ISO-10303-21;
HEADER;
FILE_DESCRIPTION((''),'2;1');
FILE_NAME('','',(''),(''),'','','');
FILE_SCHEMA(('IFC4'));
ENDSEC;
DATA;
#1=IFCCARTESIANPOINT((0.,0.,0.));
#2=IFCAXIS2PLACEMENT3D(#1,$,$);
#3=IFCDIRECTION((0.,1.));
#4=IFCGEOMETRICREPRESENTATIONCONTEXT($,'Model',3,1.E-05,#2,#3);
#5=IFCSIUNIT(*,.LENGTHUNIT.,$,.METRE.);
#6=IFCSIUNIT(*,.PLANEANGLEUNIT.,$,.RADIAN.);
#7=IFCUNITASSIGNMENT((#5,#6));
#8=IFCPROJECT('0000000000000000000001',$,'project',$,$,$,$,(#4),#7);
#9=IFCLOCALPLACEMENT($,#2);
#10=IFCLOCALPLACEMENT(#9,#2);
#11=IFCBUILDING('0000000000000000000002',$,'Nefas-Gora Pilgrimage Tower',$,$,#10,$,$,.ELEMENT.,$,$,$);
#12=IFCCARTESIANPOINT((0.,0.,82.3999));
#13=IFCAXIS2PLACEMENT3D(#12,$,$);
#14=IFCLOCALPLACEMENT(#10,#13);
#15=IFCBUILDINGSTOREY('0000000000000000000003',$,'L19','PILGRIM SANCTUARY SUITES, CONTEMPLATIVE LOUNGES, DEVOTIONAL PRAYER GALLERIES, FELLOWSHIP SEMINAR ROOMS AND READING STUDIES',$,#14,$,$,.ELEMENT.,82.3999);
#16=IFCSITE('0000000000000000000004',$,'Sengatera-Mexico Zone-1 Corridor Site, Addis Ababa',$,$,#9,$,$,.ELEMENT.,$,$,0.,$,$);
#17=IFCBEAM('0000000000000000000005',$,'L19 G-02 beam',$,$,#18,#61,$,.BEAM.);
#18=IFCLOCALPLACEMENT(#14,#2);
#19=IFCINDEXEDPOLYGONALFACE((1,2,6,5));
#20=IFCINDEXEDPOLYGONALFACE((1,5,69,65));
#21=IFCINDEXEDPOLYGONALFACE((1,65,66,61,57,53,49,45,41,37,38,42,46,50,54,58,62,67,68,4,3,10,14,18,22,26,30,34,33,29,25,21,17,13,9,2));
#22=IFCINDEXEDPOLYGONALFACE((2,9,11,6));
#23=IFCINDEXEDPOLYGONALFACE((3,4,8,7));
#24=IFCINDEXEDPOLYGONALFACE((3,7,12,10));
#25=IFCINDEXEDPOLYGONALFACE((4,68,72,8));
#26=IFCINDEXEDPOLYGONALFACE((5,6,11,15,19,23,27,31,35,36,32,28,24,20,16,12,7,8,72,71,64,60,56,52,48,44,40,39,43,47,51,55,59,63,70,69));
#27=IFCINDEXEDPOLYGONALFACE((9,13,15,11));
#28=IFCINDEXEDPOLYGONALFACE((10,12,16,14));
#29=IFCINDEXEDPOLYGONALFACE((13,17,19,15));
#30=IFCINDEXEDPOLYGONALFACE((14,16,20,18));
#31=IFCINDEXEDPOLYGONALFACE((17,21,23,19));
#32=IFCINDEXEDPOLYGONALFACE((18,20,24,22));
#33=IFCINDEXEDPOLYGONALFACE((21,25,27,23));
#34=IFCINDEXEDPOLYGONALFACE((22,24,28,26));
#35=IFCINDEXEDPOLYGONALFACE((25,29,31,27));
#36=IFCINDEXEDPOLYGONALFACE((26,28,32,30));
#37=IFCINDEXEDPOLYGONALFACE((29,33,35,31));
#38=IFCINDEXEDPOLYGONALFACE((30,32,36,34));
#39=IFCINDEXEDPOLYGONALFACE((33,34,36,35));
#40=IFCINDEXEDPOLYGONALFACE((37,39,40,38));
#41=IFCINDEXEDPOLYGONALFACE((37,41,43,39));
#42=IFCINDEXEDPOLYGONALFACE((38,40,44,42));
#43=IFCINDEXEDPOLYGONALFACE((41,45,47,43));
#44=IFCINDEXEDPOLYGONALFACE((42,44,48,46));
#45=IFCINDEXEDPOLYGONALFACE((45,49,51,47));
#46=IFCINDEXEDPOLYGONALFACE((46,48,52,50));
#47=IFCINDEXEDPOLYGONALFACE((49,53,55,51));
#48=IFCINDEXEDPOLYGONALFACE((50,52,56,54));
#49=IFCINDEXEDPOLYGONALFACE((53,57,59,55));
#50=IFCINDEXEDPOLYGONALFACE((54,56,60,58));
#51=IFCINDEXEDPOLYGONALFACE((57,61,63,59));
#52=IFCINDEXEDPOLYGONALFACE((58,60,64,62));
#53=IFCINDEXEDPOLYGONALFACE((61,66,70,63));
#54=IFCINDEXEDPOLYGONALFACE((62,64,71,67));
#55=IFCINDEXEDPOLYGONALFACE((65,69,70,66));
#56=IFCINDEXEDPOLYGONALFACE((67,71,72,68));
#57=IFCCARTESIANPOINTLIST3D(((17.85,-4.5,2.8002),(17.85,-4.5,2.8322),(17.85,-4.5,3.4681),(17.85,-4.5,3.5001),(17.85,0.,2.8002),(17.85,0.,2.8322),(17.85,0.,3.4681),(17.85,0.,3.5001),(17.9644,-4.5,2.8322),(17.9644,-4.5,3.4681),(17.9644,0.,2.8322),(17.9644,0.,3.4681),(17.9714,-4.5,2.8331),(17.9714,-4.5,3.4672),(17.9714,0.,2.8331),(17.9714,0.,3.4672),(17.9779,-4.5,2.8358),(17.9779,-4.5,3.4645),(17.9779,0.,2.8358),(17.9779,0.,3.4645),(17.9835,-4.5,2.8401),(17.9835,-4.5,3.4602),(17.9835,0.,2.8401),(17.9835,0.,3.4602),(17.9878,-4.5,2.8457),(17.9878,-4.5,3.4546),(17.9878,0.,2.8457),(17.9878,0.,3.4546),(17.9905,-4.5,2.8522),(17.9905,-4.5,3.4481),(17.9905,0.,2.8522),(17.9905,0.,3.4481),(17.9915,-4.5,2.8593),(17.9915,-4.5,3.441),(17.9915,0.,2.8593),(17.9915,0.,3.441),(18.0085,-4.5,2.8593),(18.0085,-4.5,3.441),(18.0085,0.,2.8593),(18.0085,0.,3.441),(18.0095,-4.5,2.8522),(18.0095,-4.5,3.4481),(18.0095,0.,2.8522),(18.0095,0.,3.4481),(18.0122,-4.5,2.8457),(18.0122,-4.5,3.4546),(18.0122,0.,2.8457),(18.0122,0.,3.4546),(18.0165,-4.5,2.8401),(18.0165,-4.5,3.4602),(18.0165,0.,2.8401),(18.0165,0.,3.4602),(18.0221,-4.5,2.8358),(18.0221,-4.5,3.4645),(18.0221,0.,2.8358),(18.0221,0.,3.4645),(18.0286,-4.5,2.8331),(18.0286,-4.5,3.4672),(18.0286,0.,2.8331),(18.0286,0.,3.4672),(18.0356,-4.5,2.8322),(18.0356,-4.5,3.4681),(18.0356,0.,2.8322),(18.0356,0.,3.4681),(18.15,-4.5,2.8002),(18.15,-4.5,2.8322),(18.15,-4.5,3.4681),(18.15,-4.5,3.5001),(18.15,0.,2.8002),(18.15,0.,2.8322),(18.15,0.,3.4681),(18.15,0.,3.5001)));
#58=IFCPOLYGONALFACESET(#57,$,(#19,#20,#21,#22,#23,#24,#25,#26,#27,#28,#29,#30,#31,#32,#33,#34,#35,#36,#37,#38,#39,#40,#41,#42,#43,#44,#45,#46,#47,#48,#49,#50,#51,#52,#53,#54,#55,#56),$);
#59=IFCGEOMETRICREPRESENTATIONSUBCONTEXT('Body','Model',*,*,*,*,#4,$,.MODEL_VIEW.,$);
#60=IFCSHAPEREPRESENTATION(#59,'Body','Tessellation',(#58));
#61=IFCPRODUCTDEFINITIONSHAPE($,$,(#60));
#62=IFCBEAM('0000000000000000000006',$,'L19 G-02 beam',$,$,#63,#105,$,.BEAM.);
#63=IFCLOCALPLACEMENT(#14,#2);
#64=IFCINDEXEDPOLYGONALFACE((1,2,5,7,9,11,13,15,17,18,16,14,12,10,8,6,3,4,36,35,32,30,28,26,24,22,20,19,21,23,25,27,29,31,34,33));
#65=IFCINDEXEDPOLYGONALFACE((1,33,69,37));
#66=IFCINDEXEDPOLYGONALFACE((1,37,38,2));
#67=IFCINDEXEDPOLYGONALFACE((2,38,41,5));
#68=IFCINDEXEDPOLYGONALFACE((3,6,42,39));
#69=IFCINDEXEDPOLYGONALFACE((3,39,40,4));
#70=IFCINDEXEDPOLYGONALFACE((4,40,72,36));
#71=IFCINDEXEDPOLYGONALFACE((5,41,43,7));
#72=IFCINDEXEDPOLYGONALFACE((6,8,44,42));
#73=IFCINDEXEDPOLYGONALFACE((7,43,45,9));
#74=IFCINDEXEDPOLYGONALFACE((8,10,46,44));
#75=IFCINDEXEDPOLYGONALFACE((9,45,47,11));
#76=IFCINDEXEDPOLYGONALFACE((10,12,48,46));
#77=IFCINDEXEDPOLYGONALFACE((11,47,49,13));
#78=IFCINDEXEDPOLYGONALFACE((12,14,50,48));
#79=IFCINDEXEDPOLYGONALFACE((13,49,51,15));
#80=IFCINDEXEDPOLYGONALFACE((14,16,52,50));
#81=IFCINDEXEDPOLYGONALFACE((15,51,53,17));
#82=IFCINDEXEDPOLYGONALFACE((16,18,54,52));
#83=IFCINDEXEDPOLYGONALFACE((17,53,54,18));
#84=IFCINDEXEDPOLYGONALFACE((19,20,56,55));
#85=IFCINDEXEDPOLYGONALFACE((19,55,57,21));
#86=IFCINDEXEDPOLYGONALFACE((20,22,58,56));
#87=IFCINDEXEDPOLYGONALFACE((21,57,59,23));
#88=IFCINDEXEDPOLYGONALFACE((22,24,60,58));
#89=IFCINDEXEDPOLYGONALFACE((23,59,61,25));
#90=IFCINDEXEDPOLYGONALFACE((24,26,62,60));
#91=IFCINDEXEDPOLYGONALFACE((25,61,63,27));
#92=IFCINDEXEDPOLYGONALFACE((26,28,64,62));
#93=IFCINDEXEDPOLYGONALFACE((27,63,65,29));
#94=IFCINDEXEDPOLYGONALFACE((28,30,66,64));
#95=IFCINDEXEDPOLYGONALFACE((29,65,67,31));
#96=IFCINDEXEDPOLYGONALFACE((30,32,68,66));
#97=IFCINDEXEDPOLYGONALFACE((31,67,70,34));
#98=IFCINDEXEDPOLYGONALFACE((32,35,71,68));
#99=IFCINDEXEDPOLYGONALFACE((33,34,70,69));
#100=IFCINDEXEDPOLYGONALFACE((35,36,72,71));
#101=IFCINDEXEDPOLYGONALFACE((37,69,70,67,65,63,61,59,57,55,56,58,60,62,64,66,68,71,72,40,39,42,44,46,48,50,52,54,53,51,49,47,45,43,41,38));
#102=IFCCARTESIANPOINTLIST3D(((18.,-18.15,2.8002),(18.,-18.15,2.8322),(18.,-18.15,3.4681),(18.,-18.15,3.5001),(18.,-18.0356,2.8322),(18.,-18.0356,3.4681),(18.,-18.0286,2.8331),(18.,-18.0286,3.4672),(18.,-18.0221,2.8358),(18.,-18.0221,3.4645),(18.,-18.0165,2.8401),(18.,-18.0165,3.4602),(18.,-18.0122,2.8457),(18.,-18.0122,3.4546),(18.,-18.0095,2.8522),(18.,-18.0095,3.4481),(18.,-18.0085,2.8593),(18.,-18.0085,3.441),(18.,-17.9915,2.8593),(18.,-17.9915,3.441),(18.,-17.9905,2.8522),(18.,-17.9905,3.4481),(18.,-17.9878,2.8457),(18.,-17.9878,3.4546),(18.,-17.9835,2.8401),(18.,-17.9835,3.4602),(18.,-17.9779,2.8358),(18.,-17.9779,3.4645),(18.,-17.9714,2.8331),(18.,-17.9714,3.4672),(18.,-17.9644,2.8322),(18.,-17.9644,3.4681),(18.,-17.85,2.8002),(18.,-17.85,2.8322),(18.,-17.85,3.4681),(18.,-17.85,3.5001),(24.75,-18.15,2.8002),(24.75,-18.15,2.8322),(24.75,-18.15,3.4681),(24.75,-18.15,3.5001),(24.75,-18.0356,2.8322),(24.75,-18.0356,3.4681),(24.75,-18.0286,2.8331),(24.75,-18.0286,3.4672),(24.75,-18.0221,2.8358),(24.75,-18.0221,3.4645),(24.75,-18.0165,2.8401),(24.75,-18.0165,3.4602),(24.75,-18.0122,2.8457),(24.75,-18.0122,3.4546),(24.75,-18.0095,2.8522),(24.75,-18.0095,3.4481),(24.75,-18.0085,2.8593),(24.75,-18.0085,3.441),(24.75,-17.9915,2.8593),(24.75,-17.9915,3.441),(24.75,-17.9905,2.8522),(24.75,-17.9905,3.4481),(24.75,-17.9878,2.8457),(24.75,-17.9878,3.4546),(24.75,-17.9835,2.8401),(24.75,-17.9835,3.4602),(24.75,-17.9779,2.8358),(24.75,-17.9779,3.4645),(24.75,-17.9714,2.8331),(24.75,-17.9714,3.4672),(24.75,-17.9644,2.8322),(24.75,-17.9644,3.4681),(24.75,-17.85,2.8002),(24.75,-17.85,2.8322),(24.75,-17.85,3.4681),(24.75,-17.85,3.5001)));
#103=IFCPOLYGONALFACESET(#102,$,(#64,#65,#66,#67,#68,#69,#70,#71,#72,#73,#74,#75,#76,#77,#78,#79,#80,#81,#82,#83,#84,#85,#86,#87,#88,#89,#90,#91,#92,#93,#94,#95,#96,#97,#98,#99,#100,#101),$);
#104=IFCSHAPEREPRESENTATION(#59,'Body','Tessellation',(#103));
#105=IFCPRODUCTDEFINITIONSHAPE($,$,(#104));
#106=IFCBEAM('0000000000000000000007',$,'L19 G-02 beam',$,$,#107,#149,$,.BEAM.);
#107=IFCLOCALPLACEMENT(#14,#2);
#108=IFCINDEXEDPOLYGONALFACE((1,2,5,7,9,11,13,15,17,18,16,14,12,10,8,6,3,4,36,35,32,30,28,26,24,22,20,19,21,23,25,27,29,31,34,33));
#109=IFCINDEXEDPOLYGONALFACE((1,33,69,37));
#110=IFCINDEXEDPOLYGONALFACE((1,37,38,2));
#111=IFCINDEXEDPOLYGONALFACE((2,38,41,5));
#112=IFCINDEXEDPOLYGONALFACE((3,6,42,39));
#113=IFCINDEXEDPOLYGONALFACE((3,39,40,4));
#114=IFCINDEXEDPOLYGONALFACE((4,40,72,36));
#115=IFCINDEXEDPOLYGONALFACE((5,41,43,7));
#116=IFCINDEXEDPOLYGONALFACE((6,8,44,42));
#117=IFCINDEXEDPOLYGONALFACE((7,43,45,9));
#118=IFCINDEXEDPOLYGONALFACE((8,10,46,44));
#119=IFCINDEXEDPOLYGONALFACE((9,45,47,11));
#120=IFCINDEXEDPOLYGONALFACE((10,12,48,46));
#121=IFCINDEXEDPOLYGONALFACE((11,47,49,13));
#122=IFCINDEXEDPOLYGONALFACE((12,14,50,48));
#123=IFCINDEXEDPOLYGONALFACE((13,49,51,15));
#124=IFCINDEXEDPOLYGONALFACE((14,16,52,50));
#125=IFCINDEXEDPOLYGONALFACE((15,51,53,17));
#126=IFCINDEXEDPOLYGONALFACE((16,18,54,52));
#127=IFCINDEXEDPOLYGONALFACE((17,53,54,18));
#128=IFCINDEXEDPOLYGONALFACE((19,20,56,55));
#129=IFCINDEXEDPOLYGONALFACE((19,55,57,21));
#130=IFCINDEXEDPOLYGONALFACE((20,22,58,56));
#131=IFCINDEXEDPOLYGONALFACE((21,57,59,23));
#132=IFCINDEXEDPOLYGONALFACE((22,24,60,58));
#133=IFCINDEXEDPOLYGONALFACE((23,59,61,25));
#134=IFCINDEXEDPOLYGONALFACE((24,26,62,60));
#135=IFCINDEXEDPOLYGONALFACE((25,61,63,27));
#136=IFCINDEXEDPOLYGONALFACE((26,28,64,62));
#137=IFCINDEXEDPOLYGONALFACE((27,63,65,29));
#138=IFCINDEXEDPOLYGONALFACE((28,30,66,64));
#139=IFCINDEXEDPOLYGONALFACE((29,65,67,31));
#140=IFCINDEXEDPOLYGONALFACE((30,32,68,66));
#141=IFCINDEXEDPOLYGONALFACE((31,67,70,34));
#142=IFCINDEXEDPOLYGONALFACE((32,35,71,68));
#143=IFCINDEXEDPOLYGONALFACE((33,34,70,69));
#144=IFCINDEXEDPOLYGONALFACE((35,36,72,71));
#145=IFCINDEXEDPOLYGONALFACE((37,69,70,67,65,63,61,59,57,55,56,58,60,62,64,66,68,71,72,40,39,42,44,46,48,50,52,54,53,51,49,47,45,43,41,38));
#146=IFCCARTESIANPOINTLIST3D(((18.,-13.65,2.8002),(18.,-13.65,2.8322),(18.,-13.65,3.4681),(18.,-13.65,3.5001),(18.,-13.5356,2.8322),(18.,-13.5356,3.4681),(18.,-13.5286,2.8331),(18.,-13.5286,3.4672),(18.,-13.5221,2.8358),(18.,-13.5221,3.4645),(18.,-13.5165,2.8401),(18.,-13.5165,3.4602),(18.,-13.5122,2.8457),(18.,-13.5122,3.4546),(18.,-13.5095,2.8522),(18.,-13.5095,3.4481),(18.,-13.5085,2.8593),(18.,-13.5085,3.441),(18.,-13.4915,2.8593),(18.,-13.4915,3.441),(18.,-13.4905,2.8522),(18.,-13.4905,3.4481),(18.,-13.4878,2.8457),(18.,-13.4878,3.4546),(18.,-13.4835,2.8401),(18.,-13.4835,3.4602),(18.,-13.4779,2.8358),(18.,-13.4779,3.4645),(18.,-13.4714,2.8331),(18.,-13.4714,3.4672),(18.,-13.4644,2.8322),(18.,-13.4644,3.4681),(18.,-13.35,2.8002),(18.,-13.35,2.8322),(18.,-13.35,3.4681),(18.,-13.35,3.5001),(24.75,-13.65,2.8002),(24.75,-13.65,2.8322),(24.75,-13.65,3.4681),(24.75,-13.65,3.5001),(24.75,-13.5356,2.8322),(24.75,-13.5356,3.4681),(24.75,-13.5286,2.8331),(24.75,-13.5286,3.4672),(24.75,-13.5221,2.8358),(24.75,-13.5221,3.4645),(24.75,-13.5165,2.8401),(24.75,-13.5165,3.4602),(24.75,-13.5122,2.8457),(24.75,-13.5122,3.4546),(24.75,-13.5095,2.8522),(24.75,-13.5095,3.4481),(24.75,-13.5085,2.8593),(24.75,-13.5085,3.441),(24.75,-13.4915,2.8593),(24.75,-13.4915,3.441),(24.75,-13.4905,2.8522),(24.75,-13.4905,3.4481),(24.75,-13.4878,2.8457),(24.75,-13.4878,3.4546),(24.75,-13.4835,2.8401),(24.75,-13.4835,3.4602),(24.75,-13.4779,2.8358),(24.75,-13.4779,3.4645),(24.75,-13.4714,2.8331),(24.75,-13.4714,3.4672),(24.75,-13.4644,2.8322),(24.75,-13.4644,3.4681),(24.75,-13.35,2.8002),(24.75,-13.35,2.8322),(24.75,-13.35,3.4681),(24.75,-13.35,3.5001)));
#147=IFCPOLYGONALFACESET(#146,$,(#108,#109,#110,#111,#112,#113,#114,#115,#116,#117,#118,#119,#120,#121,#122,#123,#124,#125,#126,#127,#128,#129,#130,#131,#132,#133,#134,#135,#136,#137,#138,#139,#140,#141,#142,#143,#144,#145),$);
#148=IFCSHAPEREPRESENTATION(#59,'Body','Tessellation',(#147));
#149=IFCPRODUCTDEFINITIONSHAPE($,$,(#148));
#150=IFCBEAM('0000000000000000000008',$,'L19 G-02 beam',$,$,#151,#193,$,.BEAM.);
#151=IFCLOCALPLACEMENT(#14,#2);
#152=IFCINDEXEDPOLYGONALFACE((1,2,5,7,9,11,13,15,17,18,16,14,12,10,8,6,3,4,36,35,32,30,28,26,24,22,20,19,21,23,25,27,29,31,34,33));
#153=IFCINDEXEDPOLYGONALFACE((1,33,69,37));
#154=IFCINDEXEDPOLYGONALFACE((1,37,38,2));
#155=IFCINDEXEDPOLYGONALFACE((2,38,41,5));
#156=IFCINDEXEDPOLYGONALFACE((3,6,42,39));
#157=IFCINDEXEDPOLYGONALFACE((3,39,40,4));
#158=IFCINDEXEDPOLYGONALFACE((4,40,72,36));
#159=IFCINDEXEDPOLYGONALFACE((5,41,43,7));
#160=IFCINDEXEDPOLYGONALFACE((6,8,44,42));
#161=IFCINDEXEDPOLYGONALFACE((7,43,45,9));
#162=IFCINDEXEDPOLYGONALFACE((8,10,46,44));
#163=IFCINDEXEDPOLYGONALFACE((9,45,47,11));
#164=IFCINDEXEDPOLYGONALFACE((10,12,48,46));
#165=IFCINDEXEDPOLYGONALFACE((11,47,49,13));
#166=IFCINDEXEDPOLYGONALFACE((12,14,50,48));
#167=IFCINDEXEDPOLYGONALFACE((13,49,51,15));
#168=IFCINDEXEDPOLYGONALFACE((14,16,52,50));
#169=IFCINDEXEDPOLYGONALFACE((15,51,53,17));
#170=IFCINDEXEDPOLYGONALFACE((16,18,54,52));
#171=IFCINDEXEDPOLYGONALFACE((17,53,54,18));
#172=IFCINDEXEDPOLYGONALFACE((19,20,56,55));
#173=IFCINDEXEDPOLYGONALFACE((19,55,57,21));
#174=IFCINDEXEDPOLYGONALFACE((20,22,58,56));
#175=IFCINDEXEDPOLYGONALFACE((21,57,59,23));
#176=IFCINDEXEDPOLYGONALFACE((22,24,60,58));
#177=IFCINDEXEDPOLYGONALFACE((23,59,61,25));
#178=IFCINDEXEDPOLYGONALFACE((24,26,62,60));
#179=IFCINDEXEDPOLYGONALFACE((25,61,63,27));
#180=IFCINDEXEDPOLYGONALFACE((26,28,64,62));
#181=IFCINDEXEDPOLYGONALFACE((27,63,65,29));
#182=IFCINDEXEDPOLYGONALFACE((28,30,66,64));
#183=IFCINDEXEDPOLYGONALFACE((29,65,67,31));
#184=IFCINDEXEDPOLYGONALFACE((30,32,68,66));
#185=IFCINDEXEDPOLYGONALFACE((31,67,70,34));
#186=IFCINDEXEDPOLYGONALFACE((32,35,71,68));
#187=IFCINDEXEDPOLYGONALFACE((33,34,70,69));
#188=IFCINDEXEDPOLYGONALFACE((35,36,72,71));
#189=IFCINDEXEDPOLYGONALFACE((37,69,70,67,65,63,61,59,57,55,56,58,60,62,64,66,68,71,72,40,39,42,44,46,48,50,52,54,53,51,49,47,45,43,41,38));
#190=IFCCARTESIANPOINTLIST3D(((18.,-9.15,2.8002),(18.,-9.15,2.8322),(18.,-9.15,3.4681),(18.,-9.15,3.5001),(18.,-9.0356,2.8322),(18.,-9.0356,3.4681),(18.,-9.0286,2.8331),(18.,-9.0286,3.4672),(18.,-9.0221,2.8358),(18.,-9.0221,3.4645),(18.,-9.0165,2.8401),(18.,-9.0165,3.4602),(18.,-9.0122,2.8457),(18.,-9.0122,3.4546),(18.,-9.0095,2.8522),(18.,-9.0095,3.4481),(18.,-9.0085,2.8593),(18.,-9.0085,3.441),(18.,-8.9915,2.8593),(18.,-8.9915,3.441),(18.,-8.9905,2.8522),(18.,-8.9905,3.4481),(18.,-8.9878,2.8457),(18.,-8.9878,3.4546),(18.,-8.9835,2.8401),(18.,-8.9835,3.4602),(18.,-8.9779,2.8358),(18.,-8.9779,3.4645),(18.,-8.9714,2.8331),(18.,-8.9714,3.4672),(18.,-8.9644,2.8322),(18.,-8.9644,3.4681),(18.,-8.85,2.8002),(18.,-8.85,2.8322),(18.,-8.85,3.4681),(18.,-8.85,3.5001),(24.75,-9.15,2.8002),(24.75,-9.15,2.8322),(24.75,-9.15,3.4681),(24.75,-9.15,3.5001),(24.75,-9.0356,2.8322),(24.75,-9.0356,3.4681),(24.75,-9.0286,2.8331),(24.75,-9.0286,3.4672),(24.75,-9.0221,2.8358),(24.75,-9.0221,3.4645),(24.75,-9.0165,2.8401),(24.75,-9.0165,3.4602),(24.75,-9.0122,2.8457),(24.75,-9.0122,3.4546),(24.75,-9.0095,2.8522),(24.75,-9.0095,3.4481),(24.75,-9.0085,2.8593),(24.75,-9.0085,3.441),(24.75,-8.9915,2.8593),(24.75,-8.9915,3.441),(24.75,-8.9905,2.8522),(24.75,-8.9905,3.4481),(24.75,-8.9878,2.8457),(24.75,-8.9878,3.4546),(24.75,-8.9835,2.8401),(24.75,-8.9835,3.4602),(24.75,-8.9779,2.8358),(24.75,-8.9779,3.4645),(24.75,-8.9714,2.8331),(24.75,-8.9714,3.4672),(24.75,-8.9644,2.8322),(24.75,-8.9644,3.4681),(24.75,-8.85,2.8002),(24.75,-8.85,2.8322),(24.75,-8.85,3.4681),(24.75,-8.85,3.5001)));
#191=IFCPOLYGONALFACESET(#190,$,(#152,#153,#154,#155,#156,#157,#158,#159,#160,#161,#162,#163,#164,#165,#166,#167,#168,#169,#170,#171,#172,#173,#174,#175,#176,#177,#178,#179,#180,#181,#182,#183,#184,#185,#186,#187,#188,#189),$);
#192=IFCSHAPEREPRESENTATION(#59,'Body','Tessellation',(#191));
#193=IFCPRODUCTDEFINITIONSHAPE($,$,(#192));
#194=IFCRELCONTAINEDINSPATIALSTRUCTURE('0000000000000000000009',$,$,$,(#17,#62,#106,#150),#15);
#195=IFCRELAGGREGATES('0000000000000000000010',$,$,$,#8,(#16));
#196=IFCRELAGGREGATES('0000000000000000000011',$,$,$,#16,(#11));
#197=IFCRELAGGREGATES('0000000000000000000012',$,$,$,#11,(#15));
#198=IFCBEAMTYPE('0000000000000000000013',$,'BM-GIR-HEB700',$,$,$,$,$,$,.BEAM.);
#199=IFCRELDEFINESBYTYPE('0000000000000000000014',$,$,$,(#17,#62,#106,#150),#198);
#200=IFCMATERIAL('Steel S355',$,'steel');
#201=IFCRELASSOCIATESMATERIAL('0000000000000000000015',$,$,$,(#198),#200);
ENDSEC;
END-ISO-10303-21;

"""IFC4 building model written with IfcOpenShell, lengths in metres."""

from ifc_helpers import new_model, si_unit, direction, frame, origin, origin_2d, place, context, subcontext, project, spatial, i_section, extrude, source, transform, mapped, material, material_profile, profile_set, type_object, element, save


model = new_model("IFC4")

# Units and contexts
model_context = context("Model", 3, precision=1e-05, world=origin(), true_north=direction((0.0, 1.0)))
body_context = subcontext(model_context, "Body", "Model", "MODEL_VIEW")
ifc_project = project(units=[si_unit("LENGTHUNIT", "METRE"), si_unit("PLANEANGLEUNIT", "RADIAN")], contexts=[model_context])

# Site, building, storey
site_placement = place(None, origin())
site = spatial("IfcSite", under=ifc_project, at=site_placement, Name="Sengatera-Mexico Zone-1 Corridor Site, Addis Ababa", CompositionType="ELEMENT", RefElevation=0.0)
building_placement = place(site_placement, origin())
building = spatial("IfcBuilding", under=site, at=building_placement, Name="Nefas-Gora Pilgrimage Tower", CompositionType="ELEMENT")
storey_placement = place(building_placement, frame((0.0, 0.0, 82.3999)))
storey = spatial("IfcBuildingStorey", under=building, at=storey_placement, Name="L19", Description="PILGRIM SANCTUARY SUITES, CONTEMPLATIVE LOUNGES, DEVOTIONAL PRAYER GALLERIES, FELLOWSHIP SEMINAR ROOMS AND READING STUDIES", CompositionType="ELEMENT", Elevation=82.3999)

# Beams
ifc_material_1 = material(Name="Steel S355", Category="steel")
ifc_material_profile_1 = material_profile(ifc_material_1, i_section(OverallWidth=0.3, OverallDepth=0.7, WebThickness=0.0171, FlangeThickness=0.032, FilletRadius=0.0271, at=origin_2d()), Name="HEB 700")
ifc_profile_set_1 = profile_set([ifc_material_profile_1], Name="Steel S355")
beam_type_1 = type_object("IfcBeamType", Name="BM-GIR-HEB700", PredefinedType="BEAM", material=ifc_profile_set_1)
shared_shape_1 = source(origin(), body_context, "Body", "SweptSolid", [
    extrude(i_section(OverallWidth=0.3, OverallDepth=0.7, WebThickness=0.0171, FlangeThickness=0.032, FilletRadius=0.0271, at=origin_2d()), origin(), (0.0, 0.0, 1.0), 4.5),
])
for number, where, z_axis, x_axis, name in (
    (1, (18.0, -4.5, 3.1501), (0.0, 1.0, 0.0), (-1.0, 0.0, 0.0), "L19 G-02 beam"),
):
    element("IfcBeam", number, at=place(storey_placement, frame(where, z_axis=z_axis, x_axis=x_axis)), inside=storey, type_object=beam_type_1, Name=name, PredefinedType="BEAM", context=body_context, shape_type="MappedRepresentation", body=[
        mapped(shared_shape_1, transform((0.0, 0.0, 0.0), x_axis=(1.0, 0.0, 0.0), y_axis=(0.0, 1.0, 0.0), z_axis=(0.0, 0.0, 1.0), scale=1.0)),
    ])
shared_shape_2 = source(origin(), body_context, "Body", "SweptSolid", [
    extrude(i_section(OverallWidth=0.3, OverallDepth=0.7, WebThickness=0.0171, FlangeThickness=0.032, FilletRadius=0.0271, at=origin_2d()), origin(), (0.0, 0.0, 1.0), 6.75),
])
for number, where, z_axis, x_axis, name in (
    (2, (18.0, -18.0, 3.1501), (1.0, 0.0, 0.0), (0.0, 1.0, 0.0), "L19 G-02 beam"),
    (3, (18.0, -13.5, 3.1501), (1.0, 0.0, 0.0), (0.0, 1.0, 0.0), "L19 G-02 beam"),
    (4, (18.0, -9.0, 3.1501), (1.0, 0.0, 0.0), (0.0, 1.0, 0.0), "L19 G-02 beam"),
):
    element("IfcBeam", number, at=place(storey_placement, frame(where, z_axis=z_axis, x_axis=x_axis)), inside=storey, type_object=beam_type_1, Name=name, PredefinedType="BEAM", context=body_context, shape_type="MappedRepresentation", body=[
        mapped(shared_shape_2, transform((0.0, 0.0, 0.0), x_axis=(1.0, 0.0, 0.0), y_axis=(0.0, 1.0, 0.0), z_axis=(0.0, 0.0, 1.0), scale=1.0)),
    ])

save(model, "model.ifc")
